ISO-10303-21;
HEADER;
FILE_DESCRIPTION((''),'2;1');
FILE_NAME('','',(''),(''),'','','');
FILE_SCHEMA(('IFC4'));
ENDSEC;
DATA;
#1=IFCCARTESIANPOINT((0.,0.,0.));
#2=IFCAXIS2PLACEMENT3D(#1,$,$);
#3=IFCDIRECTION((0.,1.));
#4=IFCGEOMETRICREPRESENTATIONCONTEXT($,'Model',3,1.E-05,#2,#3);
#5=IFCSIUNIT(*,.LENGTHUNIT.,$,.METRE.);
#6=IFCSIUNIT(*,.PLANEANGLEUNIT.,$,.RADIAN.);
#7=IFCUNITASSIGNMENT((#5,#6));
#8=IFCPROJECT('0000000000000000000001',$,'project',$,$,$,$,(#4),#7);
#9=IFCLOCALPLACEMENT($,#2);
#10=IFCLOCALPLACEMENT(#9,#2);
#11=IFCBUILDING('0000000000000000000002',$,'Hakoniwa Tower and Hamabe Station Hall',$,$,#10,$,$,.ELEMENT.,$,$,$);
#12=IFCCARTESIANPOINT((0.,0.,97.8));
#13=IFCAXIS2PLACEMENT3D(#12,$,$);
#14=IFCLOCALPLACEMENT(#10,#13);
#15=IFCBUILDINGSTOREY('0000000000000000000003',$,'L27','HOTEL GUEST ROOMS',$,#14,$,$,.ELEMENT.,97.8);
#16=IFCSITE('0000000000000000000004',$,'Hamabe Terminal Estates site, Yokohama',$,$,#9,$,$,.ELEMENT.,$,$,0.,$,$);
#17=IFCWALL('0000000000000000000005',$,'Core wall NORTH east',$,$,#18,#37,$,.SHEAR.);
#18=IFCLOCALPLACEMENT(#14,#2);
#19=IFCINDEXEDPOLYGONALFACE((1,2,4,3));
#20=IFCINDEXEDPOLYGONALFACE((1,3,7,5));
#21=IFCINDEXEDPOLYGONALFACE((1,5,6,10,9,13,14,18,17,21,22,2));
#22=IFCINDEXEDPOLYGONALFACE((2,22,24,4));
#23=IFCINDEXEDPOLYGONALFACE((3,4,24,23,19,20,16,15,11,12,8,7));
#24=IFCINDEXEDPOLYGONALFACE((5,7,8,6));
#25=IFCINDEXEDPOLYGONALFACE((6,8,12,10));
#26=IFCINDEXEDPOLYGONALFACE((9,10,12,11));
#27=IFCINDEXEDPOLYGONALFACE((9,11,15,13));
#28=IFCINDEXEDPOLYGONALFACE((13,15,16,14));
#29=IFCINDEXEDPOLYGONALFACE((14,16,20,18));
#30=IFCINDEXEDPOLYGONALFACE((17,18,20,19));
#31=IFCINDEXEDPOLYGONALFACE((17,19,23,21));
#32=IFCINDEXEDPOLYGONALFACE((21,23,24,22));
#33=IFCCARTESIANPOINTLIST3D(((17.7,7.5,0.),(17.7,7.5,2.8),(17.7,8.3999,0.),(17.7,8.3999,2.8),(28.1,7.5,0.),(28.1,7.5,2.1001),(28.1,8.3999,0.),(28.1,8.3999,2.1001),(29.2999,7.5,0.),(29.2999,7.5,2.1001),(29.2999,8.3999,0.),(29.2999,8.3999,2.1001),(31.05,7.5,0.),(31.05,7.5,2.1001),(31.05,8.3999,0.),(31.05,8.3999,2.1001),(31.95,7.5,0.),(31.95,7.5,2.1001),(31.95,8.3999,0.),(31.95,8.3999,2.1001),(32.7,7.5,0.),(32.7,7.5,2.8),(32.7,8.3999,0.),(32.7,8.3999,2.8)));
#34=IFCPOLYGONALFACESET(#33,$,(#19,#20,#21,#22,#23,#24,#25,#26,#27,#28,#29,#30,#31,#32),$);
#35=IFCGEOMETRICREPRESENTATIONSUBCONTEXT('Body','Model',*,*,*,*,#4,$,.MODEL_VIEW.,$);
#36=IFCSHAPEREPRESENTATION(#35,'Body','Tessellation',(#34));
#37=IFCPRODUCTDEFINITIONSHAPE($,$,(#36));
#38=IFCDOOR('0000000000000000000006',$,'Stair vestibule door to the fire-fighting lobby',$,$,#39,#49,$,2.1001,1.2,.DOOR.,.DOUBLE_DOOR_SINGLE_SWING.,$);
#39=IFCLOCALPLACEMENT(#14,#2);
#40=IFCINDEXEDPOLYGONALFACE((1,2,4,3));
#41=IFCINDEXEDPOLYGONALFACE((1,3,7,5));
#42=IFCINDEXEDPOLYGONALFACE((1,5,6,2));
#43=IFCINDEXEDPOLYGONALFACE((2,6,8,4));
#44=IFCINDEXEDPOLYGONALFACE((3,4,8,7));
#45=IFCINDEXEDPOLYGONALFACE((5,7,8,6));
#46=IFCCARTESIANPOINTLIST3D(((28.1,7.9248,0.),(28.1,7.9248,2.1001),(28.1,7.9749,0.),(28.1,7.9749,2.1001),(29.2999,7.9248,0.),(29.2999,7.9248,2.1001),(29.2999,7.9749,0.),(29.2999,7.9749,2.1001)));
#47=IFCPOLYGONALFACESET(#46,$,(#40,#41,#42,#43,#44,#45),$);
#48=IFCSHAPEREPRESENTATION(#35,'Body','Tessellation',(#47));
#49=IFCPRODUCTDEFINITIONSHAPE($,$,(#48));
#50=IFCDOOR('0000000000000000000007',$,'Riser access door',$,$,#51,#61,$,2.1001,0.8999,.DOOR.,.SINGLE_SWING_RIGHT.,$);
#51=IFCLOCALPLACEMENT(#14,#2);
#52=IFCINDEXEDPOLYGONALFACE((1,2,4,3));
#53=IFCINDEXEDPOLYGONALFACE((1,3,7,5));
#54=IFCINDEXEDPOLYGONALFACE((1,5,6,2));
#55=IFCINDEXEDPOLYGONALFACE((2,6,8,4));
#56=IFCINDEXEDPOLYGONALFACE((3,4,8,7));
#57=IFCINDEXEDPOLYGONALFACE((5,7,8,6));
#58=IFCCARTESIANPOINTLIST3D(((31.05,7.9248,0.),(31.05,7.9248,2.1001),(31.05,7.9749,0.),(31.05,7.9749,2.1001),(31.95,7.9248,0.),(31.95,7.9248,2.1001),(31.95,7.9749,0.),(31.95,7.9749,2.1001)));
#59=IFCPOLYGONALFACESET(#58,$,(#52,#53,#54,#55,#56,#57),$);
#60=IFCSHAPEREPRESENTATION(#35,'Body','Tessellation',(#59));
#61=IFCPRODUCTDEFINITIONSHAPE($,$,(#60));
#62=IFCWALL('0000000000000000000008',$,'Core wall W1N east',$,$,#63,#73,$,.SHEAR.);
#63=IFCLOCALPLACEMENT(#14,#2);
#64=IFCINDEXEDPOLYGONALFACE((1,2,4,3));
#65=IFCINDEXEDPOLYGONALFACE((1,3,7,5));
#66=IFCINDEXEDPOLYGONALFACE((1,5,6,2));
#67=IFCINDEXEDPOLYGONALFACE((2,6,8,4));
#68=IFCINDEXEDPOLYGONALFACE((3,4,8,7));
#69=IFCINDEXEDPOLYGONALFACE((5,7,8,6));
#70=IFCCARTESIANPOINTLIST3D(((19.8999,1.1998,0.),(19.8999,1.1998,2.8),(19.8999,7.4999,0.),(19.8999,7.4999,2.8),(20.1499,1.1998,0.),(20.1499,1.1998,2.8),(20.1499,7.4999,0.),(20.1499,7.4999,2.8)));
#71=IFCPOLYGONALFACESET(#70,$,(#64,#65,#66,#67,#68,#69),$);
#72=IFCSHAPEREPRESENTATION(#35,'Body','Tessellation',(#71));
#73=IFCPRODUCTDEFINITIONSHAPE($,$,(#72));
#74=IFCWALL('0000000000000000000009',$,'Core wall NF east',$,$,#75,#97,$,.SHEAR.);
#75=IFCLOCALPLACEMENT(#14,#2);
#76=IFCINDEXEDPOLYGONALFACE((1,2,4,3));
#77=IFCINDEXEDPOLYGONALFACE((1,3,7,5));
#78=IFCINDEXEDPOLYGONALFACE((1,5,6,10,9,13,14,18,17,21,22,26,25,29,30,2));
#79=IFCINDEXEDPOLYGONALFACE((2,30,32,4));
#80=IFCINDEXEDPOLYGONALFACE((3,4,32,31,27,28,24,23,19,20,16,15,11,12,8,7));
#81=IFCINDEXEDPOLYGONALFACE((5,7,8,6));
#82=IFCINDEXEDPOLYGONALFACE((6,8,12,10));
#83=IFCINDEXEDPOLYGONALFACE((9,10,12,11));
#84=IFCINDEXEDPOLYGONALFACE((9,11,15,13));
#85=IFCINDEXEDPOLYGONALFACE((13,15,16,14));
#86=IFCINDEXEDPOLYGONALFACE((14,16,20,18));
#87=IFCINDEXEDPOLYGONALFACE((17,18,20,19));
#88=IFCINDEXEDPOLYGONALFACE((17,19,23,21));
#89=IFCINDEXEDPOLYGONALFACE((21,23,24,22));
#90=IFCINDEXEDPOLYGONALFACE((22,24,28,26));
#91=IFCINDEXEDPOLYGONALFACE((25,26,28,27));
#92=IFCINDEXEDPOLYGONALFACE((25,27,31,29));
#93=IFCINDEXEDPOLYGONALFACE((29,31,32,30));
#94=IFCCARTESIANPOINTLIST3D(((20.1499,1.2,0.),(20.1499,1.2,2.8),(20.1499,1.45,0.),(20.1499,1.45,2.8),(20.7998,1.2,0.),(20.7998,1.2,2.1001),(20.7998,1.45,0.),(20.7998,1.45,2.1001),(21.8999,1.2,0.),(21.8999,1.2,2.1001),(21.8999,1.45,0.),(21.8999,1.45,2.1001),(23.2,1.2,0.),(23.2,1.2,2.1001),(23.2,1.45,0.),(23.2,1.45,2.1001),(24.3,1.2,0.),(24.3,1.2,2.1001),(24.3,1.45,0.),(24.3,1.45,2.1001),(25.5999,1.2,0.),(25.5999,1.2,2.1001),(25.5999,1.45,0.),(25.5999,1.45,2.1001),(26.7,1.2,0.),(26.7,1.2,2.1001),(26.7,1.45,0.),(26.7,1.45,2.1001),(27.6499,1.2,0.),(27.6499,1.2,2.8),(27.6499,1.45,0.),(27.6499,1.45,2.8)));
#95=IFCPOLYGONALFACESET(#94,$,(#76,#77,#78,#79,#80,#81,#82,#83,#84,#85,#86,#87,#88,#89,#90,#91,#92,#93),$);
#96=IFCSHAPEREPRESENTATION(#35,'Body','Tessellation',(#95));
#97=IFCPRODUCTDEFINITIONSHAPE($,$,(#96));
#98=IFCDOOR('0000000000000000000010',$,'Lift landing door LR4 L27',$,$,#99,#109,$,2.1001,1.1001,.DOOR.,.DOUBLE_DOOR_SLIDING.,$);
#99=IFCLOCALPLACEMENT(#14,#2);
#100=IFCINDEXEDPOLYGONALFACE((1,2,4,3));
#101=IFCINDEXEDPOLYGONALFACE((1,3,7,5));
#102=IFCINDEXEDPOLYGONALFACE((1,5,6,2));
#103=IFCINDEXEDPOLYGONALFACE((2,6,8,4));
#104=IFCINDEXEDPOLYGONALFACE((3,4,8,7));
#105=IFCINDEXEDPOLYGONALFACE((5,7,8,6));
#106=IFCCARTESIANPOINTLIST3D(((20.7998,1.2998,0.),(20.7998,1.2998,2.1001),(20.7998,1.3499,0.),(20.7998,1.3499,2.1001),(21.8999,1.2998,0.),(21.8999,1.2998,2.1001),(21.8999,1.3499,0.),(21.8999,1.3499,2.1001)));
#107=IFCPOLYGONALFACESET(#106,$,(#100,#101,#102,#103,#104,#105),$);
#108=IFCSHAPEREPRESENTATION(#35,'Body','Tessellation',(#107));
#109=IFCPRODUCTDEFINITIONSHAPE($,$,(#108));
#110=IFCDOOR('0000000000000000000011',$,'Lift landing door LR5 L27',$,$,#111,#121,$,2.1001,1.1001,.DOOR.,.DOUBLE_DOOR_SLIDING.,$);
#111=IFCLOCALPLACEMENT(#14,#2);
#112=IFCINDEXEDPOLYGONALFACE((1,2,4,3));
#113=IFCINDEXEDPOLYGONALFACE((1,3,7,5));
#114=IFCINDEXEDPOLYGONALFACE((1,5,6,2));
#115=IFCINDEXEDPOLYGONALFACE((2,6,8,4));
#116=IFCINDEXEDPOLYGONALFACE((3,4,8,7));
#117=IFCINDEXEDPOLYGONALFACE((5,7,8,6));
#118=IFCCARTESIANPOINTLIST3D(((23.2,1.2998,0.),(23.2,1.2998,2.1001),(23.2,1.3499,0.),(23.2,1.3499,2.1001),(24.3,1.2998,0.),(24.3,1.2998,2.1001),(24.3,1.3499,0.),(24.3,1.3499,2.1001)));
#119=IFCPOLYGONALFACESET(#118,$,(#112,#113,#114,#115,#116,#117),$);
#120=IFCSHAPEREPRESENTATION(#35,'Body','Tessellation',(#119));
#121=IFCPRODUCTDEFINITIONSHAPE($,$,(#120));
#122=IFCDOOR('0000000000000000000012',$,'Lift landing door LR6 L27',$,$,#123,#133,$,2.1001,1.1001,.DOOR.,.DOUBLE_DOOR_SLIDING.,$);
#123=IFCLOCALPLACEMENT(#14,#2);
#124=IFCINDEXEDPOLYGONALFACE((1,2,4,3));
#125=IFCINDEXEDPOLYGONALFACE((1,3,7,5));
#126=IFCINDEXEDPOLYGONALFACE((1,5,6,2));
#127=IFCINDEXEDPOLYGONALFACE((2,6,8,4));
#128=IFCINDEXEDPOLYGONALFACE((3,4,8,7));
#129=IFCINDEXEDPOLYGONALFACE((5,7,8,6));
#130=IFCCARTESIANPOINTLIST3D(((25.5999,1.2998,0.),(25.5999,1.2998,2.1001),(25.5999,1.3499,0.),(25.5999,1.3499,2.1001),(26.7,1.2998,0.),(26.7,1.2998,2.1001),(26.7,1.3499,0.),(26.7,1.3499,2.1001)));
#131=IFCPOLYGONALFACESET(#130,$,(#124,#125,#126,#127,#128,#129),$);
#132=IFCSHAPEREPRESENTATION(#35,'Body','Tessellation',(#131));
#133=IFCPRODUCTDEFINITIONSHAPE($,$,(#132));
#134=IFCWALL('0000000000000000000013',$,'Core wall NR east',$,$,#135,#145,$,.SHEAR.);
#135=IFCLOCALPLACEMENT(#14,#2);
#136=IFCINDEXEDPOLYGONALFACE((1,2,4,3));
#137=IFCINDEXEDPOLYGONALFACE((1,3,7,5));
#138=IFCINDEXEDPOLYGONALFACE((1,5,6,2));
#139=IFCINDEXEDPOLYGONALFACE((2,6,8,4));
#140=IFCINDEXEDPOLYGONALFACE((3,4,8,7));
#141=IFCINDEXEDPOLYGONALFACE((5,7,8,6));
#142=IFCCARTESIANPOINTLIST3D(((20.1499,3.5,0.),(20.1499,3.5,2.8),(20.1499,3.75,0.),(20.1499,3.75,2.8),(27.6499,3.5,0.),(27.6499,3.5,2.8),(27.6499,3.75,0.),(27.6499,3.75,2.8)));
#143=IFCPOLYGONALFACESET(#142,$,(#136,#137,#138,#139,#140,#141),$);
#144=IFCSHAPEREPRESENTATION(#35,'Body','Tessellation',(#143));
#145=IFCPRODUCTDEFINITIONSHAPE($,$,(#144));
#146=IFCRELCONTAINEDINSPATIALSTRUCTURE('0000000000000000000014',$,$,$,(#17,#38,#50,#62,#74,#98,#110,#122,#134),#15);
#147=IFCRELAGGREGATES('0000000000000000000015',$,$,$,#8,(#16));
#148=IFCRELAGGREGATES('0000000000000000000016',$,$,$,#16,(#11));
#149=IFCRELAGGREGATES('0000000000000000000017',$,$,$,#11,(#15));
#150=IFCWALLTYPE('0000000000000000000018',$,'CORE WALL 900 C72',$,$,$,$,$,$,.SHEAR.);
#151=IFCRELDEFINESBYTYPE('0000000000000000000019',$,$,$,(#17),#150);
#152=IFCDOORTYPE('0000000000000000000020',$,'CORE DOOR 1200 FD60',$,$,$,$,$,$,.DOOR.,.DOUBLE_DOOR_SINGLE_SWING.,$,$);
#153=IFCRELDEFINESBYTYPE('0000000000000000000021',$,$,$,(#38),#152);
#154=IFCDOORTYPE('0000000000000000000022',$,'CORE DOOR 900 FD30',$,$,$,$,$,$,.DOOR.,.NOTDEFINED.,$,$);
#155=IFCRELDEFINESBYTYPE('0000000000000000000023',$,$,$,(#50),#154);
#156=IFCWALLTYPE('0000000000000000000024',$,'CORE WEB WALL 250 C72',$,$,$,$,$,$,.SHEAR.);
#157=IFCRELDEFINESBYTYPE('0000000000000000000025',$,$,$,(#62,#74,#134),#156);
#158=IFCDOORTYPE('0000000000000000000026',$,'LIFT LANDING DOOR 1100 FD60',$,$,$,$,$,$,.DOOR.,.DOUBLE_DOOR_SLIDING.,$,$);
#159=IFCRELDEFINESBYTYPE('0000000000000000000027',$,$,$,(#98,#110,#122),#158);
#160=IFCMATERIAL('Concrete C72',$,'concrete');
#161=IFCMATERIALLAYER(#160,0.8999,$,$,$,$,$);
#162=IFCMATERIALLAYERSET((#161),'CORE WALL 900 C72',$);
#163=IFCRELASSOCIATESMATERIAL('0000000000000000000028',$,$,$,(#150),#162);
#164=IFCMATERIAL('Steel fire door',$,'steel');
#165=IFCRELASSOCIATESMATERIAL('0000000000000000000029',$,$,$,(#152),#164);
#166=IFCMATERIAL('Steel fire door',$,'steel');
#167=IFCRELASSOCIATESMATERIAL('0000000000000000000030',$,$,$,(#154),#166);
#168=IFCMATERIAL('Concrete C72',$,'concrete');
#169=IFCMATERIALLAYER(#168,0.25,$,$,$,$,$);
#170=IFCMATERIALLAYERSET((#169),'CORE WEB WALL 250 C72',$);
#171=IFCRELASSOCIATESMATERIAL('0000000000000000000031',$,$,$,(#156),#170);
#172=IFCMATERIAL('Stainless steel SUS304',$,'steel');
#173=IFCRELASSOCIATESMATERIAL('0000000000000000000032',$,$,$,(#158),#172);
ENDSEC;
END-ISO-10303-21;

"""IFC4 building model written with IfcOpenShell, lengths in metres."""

from ifc_helpers import new_model, si_unit, direction, frame, frame_2d, origin, place, context, subcontext, project, spatial, rectangle, extrude, material, layer, layer_set, type_object, element, fill, save


model = new_model("IFC4")

# Units and contexts
model_context = context("Model", 3, precision=1e-05, world=origin(), true_north=direction((0.0, 1.0)))
body_context = subcontext(model_context, "Body", "Model", "MODEL_VIEW")
ifc_project = project(units=[si_unit("LENGTHUNIT", "METRE"), si_unit("PLANEANGLEUNIT", "RADIAN")], contexts=[model_context])

# Site, building, storey
site_placement = place(None, origin())
site = spatial("IfcSite", under=ifc_project, at=site_placement, Name="Hamabe Terminal Estates site, Yokohama", CompositionType="ELEMENT", RefElevation=0.0)
building_placement = place(site_placement, origin())
building = spatial("IfcBuilding", under=site, at=building_placement, Name="Hakoniwa Tower and Hamabe Station Hall", CompositionType="ELEMENT")
storey_placement = place(building_placement, frame((0.0, 0.0, 97.8)))
storey = spatial("IfcBuildingStorey", under=building, at=storey_placement, Name="L27", Description="HOTEL GUEST ROOMS", CompositionType="ELEMENT", Elevation=97.8)

# Wall, openings, doors
ifc_material_1 = material(Name="Concrete C72", Category="concrete")
ifc_layer_1 = layer(ifc_material_1, 0.8999)
ifc_layer_set_1 = layer_set([ifc_layer_1], Name="CORE WALL 900 C72")
wall_type_1 = type_object("IfcWallType", Name="CORE WALL 900 C72", PredefinedType="SHEAR", material=ifc_layer_set_1)
wall_1_placement = place(storey_placement, frame((17.7, 7.95, 0.0), z_axis=(0.0, 0.0, 1.0), x_axis=(1.0, 0.0, 0.0)))
wall_1 = element("IfcWall", 1, at=wall_1_placement, inside=storey, type_object=wall_type_1, Name="Core wall NORTH east", PredefinedType="SHEAR", context=body_context, shape_type="SweptSolid", body=[
    extrude(rectangle(XDim=15.0, YDim=0.8999, at=frame_2d((7.5, 0.0))), origin(), (0.0, 0.0, 1.0), 2.8),
])
opening_1_placement = place(wall_1_placement, frame((10.3999, 0.0, 0.0)))
opening_1 = element("IfcOpeningElement", 2, at=opening_1_placement, cuts=wall_1, PredefinedType="OPENING", context=body_context, shape_type="SweptSolid", body=[
    extrude(rectangle(XDim=1.2, YDim=2.1001, at=frame_2d((0.6001, 1.05))), frame((0.0, 0.46, 0.0), z_axis=(0.0, -1.0, 0.0), x_axis=(1.0, 0.0, 0.0)), (0.0, 0.0, 1.0), 0.9199),
])
opening_2_placement = place(wall_1_placement, frame((13.3501, 0.0, 0.0)))
opening_2 = element("IfcOpeningElement", 3, at=opening_2_placement, cuts=wall_1, PredefinedType="OPENING", context=body_context, shape_type="SweptSolid", body=[
    extrude(rectangle(XDim=0.8999, YDim=2.1001, at=frame_2d((0.45, 1.05))), frame((0.0, 0.46, 0.0), z_axis=(0.0, -1.0, 0.0), x_axis=(1.0, 0.0, 0.0)), (0.0, 0.0, 1.0), 0.9199),
])
ifc_material_2 = material(Name="Steel fire door", Category="steel")
door_type_1 = type_object("IfcDoorType", Name="CORE DOOR 1200 FD60", OperationType="DOUBLE_DOOR_SINGLE_SWING", PredefinedType="DOOR", material=ifc_material_2)
door_1_placement = place(opening_1_placement, origin())
door_1 = element("IfcDoor", 4, at=door_1_placement, inside=storey, type_object=door_type_1, Name="Stair vestibule door to the fire-fighting lobby", OperationType="DOUBLE_DOOR_SINGLE_SWING", OverallHeight=2.1001, OverallWidth=1.2, PredefinedType="DOOR", context=body_context, shape_type="SweptSolid", body=[
    extrude(rectangle(XDim=1.2, YDim=2.1001, at=frame_2d((0.6001, 1.05))), frame((0.0, 0.0249, 0.0), z_axis=(0.0, -1.0, 0.0), x_axis=(1.0, 0.0, 0.0)), (0.0, 0.0, 1.0), 0.05),
])
fill(opening_1, door_1)
ifc_material_3 = material(Name="Steel fire door", Category="steel")
door_type_2 = type_object("IfcDoorType", Name="CORE DOOR 900 FD30", OperationType="NOTDEFINED", PredefinedType="DOOR", material=ifc_material_3)
door_2_placement = place(opening_2_placement, origin())
door_2 = element("IfcDoor", 5, at=door_2_placement, inside=storey, type_object=door_type_2, Name="Riser access door", OperationType="SINGLE_SWING_RIGHT", OverallHeight=2.1001, OverallWidth=0.8999, PredefinedType="DOOR", context=body_context, shape_type="SweptSolid", body=[
    extrude(rectangle(XDim=0.8999, YDim=2.1001, at=frame_2d((0.45, 1.05))), frame((0.0, 0.0249, 0.0), z_axis=(0.0, -1.0, 0.0), x_axis=(1.0, 0.0, 0.0)), (0.0, 0.0, 1.0), 0.05),
])
fill(opening_2, door_2)

# Wall
ifc_material_4 = material(Name="Concrete C72", Category="concrete")
ifc_layer_2 = layer(ifc_material_4, 0.25)
ifc_layer_set_2 = layer_set([ifc_layer_2], Name="CORE WEB WALL 250 C72")
wall_type_2 = type_object("IfcWallType", Name="CORE WEB WALL 250 C72", PredefinedType="SHEAR", material=ifc_layer_set_2)
wall_2_placement = place(storey_placement, frame((20.0249, 1.2, 0.0), z_axis=(0.0, 0.0, 1.0), x_axis=(0.0, 1.0, 0.0)))
element("IfcWall", 6, at=wall_2_placement, inside=storey, type_object=wall_type_2, Name="Core wall W1N east", PredefinedType="SHEAR", context=body_context, shape_type="SweptSolid", body=[
    extrude(rectangle(XDim=6.3, YDim=0.25, at=frame_2d((3.1499, 0.0))), origin(), (0.0, 0.0, 1.0), 2.8),
])

# Wall, openings, doors
wall_3_placement = place(storey_placement, frame((20.1499, 1.325, 0.0), z_axis=(0.0, 0.0, 1.0), x_axis=(1.0, 0.0, 0.0)))
wall_3 = element("IfcWall", 7, at=wall_3_placement, inside=storey, type_object=wall_type_2, Name="Core wall NF east", PredefinedType="SHEAR", context=body_context, shape_type="SweptSolid", body=[
    extrude(rectangle(XDim=7.5, YDim=0.25, at=frame_2d((3.75, 0.0))), origin(), (0.0, 0.0, 1.0), 2.8),
])
opening_3_placement = place(wall_3_placement, frame((0.6499, 0.0, 0.0)))
opening_3 = element("IfcOpeningElement", 8, at=opening_3_placement, cuts=wall_3, PredefinedType="OPENING", context=body_context, shape_type="SweptSolid", body=[
    extrude(rectangle(XDim=1.1001, YDim=2.1001, at=frame_2d((0.55, 1.05))), frame((0.0, 0.135, 0.0), z_axis=(0.0, -1.0, 0.0), x_axis=(1.0, 0.0, 0.0)), (0.0, 0.0, 1.0), 0.27),
])
opening_4_placement = place(wall_3_placement, frame((3.05, 0.0, 0.0)))
opening_4 = element("IfcOpeningElement", 9, at=opening_4_placement, cuts=wall_3, PredefinedType="OPENING", context=body_context, shape_type="SweptSolid", body=[
    extrude(rectangle(XDim=1.1001, YDim=2.1001, at=frame_2d((0.55, 1.05))), frame((0.0, 0.135, 0.0), z_axis=(0.0, -1.0, 0.0), x_axis=(1.0, 0.0, 0.0)), (0.0, 0.0, 1.0), 0.27),
])
opening_5_placement = place(wall_3_placement, frame((5.45, 0.0, 0.0)))
opening_5 = element("IfcOpeningElement", 10, at=opening_5_placement, cuts=wall_3, PredefinedType="OPENING", context=body_context, shape_type="SweptSolid", body=[
    extrude(rectangle(XDim=1.1001, YDim=2.1001, at=frame_2d((0.55, 1.05))), frame((0.0, 0.135, 0.0), z_axis=(0.0, -1.0, 0.0), x_axis=(1.0, 0.0, 0.0)), (0.0, 0.0, 1.0), 0.27),
])
ifc_material_5 = material(Name="Stainless steel SUS304", Category="steel")
door_type_3 = type_object("IfcDoorType", Name="LIFT LANDING DOOR 1100 FD60", OperationType="DOUBLE_DOOR_SLIDING", PredefinedType="DOOR", material=ifc_material_5)
door_3_placement = place(opening_3_placement, origin())
door_3 = element("IfcDoor", 11, at=door_3_placement, inside=storey, type_object=door_type_3, Name="Lift landing door LR4 L27", OperationType="DOUBLE_DOOR_SLIDING", OverallHeight=2.1001, OverallWidth=1.1001, PredefinedType="DOOR", context=body_context, shape_type="SweptSolid", body=[
    extrude(rectangle(XDim=1.1001, YDim=2.1001, at=frame_2d((0.55, 1.05))), frame((0.0, 0.0249, 0.0), z_axis=(0.0, -1.0, 0.0), x_axis=(1.0, 0.0, 0.0)), (0.0, 0.0, 1.0), 0.05),
])
fill(opening_3, door_3)
door_4_placement = place(opening_4_placement, origin())
door_4 = element("IfcDoor", 12, at=door_4_placement, inside=storey, type_object=door_type_3, Name="Lift landing door LR5 L27", OperationType="DOUBLE_DOOR_SLIDING", OverallHeight=2.1001, OverallWidth=1.1001, PredefinedType="DOOR", context=body_context, shape_type="SweptSolid", body=[
    extrude(rectangle(XDim=1.1001, YDim=2.1001, at=frame_2d((0.55, 1.05))), frame((0.0, 0.0249, 0.0), z_axis=(0.0, -1.0, 0.0), x_axis=(1.0, 0.0, 0.0)), (0.0, 0.0, 1.0), 0.05),
])
fill(opening_4, door_4)
door_5_placement = place(opening_5_placement, origin())
door_5 = element("IfcDoor", 13, at=door_5_placement, inside=storey, type_object=door_type_3, Name="Lift landing door LR6 L27", OperationType="DOUBLE_DOOR_SLIDING", OverallHeight=2.1001, OverallWidth=1.1001, PredefinedType="DOOR", context=body_context, shape_type="SweptSolid", body=[
    extrude(rectangle(XDim=1.1001, YDim=2.1001, at=frame_2d((0.55, 1.05))), frame((0.0, 0.0249, 0.0), z_axis=(0.0, -1.0, 0.0), x_axis=(1.0, 0.0, 0.0)), (0.0, 0.0, 1.0), 0.05),
])
fill(opening_5, door_5)

# Wall
wall_4_placement = place(storey_placement, frame((20.1499, 3.625, 0.0), z_axis=(0.0, 0.0, 1.0), x_axis=(1.0, 0.0, 0.0)))
element("IfcWall", 14, at=wall_4_placement, inside=storey, type_object=wall_type_2, Name="Core wall NR east", PredefinedType="SHEAR", context=body_context, shape_type="SweptSolid", body=[
    extrude(rectangle(XDim=7.5, YDim=0.25, at=frame_2d((3.75, 0.0))), origin(), (0.0, 0.0, 1.0), 2.8),
])

save(model, "model.ifc")
